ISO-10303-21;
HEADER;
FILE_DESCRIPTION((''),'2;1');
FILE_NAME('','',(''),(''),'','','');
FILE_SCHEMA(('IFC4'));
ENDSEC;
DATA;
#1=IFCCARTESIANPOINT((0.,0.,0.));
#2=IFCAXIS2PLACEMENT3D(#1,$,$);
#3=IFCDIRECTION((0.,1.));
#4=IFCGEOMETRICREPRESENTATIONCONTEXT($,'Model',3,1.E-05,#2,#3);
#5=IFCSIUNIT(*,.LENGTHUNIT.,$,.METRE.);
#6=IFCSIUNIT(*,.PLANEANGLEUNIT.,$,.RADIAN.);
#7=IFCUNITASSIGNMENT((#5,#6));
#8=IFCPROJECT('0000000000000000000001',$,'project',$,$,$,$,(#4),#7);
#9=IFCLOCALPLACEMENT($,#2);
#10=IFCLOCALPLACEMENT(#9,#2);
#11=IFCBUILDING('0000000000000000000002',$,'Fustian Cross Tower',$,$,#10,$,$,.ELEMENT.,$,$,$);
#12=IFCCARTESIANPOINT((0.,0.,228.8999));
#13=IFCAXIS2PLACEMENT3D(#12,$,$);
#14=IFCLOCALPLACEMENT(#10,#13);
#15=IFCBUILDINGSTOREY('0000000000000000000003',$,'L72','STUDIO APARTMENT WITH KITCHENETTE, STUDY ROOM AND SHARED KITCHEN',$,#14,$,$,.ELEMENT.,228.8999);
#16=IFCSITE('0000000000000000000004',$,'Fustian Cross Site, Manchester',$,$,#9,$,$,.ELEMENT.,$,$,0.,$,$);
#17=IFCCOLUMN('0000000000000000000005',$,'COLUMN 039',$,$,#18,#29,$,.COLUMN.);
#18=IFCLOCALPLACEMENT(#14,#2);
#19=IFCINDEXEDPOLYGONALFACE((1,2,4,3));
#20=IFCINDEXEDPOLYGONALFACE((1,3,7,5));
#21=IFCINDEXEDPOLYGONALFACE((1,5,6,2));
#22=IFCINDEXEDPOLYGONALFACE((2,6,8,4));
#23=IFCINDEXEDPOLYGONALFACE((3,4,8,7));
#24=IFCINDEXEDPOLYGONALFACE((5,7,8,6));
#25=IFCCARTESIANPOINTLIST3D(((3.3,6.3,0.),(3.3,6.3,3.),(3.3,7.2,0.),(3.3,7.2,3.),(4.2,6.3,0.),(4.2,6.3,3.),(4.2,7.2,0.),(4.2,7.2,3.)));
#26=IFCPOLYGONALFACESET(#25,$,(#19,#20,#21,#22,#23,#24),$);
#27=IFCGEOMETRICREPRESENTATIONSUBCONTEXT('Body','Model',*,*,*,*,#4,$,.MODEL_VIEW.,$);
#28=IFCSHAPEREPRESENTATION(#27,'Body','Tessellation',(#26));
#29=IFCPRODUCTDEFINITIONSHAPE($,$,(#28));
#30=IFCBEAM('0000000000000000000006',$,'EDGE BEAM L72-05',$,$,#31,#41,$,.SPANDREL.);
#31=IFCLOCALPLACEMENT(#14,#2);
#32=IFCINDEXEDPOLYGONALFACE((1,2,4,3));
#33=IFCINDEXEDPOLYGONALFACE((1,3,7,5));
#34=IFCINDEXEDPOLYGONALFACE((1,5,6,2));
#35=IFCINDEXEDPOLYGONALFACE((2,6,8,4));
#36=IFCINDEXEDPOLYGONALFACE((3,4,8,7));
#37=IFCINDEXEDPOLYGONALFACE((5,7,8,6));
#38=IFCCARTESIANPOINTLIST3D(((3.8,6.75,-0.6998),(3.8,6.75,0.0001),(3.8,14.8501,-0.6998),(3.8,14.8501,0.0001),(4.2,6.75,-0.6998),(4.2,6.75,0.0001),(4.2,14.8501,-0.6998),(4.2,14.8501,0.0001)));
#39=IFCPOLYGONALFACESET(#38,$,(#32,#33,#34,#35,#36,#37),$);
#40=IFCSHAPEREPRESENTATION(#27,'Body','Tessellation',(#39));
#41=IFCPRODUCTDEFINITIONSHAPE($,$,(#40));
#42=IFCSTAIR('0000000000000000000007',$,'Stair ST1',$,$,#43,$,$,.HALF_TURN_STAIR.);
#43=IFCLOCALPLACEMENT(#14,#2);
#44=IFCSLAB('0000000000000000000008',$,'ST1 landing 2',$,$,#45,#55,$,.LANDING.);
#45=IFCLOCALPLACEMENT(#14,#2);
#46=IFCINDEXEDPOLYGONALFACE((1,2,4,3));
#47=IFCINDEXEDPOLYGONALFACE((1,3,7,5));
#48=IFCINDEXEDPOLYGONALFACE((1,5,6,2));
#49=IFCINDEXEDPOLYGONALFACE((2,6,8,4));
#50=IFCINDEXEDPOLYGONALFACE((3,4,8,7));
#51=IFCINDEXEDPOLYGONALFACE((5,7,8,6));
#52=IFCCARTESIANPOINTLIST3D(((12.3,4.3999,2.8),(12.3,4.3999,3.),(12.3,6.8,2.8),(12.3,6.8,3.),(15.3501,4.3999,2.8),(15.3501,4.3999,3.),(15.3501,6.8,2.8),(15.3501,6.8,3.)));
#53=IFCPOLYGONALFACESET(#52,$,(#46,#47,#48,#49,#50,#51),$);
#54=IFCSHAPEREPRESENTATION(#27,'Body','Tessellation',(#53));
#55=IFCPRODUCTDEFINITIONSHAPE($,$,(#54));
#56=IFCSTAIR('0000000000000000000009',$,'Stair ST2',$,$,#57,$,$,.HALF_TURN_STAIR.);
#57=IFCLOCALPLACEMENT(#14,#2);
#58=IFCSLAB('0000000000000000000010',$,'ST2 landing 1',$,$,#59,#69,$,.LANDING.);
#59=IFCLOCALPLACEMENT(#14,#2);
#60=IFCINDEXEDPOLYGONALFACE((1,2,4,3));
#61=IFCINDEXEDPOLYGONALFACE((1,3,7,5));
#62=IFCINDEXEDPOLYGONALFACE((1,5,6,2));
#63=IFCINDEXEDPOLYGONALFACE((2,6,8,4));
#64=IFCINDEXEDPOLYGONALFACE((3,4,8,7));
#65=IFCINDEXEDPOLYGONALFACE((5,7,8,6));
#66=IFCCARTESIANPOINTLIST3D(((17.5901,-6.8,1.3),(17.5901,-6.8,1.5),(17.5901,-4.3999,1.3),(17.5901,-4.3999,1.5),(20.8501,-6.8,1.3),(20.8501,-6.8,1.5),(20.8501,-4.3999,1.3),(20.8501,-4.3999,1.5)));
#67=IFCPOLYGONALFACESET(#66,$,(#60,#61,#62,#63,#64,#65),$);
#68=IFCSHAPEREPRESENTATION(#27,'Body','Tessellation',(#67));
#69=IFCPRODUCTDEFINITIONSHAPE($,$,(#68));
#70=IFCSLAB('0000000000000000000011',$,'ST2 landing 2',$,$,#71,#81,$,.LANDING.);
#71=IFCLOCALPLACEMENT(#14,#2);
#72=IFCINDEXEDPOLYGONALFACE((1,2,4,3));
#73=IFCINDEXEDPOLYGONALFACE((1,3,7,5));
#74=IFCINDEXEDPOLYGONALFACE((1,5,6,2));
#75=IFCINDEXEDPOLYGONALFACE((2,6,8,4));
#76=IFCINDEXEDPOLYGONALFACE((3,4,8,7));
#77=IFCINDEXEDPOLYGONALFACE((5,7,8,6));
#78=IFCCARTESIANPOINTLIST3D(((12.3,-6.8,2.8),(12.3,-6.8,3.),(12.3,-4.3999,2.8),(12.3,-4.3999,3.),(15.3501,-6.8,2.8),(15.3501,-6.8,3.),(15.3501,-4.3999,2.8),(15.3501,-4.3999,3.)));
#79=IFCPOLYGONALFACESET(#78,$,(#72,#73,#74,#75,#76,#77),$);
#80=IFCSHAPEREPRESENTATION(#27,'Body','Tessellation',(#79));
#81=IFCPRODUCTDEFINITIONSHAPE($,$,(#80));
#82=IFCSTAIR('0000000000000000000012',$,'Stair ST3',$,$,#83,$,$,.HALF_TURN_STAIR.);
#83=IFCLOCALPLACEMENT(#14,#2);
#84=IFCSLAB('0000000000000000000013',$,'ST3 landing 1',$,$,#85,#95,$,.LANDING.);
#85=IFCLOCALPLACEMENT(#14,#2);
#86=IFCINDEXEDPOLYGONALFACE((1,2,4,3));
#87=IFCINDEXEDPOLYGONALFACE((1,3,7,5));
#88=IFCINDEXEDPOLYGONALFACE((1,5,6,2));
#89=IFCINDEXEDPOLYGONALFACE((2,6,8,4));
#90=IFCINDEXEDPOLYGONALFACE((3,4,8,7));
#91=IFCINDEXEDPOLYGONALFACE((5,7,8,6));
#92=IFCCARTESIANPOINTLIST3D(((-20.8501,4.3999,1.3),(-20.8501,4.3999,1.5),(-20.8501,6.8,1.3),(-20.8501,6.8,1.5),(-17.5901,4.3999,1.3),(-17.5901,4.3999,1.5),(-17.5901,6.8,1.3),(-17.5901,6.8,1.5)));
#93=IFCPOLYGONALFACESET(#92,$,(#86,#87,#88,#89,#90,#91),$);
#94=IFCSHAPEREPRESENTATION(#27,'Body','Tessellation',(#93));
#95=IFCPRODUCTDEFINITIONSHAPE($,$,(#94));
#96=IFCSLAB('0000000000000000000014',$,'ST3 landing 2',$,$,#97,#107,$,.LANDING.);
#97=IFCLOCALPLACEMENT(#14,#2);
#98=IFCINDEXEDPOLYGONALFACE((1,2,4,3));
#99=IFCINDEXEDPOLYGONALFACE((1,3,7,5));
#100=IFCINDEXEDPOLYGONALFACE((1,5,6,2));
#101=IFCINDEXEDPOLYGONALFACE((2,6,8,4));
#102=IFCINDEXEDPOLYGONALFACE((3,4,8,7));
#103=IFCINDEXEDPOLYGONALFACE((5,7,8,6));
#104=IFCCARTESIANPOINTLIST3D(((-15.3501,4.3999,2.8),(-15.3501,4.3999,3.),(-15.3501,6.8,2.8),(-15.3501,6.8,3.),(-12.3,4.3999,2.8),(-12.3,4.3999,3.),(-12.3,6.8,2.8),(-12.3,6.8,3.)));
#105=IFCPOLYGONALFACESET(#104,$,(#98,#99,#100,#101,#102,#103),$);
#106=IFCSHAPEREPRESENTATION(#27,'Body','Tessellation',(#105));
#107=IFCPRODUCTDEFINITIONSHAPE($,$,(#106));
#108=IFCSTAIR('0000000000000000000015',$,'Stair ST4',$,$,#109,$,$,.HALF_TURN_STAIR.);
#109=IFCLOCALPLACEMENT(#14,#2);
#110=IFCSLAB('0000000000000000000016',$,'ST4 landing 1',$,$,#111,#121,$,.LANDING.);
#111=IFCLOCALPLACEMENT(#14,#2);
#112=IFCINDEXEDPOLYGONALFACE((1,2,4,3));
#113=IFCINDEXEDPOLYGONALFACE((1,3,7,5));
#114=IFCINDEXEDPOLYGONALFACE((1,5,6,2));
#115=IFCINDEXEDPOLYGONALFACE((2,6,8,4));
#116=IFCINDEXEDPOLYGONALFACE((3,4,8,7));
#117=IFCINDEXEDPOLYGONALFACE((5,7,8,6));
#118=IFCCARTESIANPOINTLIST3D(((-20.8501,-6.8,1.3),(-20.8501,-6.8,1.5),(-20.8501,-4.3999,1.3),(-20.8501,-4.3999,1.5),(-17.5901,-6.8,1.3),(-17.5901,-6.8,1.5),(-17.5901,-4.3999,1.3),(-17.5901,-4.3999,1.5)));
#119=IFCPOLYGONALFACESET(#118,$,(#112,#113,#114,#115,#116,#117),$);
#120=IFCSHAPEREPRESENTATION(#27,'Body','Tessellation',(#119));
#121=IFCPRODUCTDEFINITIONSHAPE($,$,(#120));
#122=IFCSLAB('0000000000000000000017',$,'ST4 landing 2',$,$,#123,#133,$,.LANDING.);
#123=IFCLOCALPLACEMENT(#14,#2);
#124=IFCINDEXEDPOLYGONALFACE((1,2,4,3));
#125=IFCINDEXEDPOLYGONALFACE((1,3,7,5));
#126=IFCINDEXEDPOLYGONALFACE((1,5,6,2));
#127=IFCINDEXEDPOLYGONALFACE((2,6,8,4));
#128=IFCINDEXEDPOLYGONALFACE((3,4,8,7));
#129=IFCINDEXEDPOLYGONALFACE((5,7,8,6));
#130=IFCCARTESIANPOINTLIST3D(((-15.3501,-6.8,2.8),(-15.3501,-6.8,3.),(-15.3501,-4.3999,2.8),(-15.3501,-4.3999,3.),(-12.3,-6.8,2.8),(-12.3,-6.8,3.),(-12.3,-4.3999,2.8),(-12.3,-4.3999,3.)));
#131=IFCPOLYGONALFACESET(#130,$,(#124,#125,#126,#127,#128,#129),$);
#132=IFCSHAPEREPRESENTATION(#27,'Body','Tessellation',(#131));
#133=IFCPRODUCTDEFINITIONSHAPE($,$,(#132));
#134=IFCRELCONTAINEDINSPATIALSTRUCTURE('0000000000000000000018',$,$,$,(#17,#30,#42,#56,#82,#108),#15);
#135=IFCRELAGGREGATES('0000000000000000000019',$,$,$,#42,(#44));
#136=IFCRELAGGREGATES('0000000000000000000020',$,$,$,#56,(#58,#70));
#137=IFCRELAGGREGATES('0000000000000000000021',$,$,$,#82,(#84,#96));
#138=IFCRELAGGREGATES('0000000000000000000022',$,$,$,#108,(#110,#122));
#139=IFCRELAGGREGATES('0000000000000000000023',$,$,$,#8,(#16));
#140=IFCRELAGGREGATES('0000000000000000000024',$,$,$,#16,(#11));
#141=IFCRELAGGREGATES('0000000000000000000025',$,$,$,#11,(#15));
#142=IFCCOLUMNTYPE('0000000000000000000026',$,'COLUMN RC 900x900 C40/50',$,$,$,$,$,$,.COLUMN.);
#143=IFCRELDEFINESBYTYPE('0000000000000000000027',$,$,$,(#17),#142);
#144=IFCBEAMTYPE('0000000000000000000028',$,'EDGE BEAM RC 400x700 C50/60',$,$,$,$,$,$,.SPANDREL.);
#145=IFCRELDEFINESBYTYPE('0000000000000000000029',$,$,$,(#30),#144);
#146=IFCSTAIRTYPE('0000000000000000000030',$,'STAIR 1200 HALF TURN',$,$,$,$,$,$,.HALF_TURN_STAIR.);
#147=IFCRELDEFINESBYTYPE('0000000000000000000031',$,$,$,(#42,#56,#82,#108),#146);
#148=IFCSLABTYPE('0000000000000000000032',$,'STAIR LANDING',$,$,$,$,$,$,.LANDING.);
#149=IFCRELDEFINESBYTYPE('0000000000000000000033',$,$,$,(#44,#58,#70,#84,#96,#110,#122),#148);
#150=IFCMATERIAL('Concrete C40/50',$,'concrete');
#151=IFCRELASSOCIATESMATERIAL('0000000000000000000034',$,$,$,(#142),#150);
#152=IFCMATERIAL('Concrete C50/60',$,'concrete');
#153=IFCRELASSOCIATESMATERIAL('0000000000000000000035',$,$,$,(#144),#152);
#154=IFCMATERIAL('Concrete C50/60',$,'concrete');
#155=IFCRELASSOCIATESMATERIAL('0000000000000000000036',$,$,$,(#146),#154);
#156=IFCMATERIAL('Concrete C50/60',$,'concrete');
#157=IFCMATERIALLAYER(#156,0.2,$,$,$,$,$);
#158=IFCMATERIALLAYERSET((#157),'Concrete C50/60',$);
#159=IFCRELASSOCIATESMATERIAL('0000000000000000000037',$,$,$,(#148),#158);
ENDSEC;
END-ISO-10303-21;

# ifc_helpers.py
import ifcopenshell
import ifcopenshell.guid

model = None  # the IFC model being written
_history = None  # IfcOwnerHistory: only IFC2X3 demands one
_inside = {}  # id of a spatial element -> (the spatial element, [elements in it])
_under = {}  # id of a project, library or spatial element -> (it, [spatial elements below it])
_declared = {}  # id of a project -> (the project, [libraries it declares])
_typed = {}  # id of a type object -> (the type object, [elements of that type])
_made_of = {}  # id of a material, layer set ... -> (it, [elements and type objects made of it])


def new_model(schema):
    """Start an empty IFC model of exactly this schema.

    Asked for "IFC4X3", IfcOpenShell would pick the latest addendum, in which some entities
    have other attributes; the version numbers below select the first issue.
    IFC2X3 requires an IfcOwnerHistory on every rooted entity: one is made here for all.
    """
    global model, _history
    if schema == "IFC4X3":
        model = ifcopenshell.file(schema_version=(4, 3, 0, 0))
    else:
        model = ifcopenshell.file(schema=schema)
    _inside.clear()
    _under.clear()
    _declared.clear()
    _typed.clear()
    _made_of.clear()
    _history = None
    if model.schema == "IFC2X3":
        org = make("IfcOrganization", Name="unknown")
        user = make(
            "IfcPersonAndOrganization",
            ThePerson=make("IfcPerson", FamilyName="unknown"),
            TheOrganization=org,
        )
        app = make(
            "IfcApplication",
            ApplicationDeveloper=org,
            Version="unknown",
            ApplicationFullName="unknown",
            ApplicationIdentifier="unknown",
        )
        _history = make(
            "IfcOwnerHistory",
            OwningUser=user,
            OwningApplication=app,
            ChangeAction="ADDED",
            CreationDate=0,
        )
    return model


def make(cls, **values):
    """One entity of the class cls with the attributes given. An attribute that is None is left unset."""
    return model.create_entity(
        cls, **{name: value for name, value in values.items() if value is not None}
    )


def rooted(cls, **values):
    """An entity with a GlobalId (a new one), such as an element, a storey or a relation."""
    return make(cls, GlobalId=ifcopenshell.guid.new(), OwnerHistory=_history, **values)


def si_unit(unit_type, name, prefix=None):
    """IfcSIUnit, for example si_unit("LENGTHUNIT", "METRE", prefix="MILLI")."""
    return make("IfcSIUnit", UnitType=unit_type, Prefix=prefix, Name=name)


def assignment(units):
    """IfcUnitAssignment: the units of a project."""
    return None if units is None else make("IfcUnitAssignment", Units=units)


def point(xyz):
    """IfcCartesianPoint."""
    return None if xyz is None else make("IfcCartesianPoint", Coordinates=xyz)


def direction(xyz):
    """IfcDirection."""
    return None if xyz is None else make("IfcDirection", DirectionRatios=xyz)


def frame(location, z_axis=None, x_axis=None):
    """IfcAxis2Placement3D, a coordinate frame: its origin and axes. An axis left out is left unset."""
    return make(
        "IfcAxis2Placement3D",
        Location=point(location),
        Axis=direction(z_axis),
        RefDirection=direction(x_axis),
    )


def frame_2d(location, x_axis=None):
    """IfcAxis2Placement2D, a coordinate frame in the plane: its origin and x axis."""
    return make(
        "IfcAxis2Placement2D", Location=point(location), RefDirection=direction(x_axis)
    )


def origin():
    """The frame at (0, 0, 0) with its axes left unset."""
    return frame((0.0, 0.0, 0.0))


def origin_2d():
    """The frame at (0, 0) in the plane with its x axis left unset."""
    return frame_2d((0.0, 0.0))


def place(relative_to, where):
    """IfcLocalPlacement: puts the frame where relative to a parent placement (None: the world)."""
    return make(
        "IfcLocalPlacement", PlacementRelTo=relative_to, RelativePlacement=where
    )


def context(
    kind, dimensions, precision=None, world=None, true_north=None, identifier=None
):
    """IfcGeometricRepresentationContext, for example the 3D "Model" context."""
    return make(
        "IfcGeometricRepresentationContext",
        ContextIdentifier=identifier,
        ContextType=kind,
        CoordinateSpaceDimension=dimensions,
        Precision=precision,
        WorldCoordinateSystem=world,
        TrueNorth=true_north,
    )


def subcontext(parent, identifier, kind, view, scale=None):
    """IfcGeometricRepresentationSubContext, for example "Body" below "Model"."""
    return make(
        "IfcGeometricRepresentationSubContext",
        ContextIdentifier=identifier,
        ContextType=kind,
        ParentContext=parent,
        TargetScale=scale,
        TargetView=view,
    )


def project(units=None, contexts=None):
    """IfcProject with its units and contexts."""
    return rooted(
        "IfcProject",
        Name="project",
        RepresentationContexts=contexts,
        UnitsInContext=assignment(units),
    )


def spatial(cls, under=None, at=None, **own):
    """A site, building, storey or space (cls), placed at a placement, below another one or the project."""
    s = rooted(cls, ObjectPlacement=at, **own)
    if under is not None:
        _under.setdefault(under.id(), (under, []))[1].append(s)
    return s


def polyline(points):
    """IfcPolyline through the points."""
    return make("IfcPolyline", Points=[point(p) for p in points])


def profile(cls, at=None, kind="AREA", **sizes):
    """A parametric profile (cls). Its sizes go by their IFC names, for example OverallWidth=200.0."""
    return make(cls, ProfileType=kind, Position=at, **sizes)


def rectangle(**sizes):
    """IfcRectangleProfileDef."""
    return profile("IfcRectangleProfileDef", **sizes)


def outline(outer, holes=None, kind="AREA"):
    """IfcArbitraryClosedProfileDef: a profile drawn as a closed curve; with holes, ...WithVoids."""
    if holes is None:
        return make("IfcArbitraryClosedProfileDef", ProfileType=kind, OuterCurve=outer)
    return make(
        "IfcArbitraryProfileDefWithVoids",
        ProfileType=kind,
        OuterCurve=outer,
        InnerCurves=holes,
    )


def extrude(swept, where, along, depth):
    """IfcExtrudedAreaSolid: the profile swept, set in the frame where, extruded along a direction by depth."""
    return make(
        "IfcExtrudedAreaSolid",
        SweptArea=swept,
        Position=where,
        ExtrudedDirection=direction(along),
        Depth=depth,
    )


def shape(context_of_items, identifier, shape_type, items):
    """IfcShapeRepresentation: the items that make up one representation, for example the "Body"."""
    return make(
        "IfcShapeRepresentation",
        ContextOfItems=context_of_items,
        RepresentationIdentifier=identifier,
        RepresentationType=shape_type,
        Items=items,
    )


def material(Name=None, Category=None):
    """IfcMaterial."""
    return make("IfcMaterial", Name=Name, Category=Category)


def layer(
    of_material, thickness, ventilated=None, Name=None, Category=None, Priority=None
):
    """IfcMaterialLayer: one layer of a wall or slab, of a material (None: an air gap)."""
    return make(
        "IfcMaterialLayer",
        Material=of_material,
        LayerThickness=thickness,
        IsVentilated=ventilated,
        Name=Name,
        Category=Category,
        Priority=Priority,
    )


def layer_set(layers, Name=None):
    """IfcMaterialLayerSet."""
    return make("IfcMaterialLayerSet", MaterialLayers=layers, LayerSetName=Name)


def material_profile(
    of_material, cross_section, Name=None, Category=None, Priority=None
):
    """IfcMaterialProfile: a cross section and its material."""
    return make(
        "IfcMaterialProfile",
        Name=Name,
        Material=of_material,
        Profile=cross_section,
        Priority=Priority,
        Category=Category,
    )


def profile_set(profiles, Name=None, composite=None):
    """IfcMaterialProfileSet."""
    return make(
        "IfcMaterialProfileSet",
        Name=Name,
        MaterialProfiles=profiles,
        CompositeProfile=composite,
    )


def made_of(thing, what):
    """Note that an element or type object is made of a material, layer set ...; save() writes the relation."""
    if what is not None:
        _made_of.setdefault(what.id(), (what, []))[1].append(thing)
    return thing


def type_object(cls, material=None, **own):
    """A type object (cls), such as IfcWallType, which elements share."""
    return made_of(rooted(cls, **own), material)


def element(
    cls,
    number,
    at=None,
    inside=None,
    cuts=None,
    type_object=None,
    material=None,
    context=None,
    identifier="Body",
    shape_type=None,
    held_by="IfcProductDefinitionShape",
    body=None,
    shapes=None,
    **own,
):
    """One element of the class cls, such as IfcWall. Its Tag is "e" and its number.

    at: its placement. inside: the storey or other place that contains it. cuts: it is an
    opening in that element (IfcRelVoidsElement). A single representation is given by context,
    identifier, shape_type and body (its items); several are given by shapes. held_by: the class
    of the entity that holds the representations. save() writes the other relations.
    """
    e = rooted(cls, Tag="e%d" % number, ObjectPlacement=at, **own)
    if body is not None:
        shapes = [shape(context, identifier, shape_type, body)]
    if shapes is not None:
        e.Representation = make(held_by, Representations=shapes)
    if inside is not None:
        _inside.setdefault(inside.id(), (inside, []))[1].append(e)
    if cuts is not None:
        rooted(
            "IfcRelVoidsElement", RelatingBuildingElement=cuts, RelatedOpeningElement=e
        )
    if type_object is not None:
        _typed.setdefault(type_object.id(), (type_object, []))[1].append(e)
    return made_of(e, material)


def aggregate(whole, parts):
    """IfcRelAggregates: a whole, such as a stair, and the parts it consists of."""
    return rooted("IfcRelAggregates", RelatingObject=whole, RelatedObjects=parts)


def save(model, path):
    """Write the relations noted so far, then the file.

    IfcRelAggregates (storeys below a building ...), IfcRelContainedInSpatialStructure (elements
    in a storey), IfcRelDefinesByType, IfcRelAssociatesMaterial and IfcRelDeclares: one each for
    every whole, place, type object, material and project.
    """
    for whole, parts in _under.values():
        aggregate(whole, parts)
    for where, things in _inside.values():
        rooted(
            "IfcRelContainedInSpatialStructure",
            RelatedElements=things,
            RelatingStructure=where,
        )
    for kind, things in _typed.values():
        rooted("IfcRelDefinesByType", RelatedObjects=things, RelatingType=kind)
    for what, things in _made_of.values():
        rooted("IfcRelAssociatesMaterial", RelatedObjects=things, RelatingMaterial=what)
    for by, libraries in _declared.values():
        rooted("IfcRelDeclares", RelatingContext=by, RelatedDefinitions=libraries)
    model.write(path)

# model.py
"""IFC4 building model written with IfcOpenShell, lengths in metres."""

from ifc_helpers import new_model, si_unit, direction, frame, origin, origin_2d, place, context, subcontext, project, spatial, polyline, rectangle, outline, extrude, material, layer, layer_set, material_profile, profile_set, type_object, element, aggregate, save


model = new_model("IFC4")

# Units and contexts
model_context = context("Model", 3, precision=1e-05, world=origin(), true_north=direction((0.0, 1.0)))
body_context = subcontext(model_context, "Body", "Model", "MODEL_VIEW")
ifc_project = project(units=[si_unit("LENGTHUNIT", "METRE"), si_unit("PLANEANGLEUNIT", "RADIAN")], contexts=[model_context])

# Site, building, storey
site_placement = place(None, origin())
site = spatial("IfcSite", under=ifc_project, at=site_placement, Name="Fustian Cross Site, Manchester", CompositionType="ELEMENT", RefElevation=0.0)
building_placement = place(site_placement, origin())
building = spatial("IfcBuilding", under=site, at=building_placement, Name="Fustian Cross Tower", CompositionType="ELEMENT")
storey_placement = place(building_placement, frame((0.0, 0.0, 228.8999)))
storey = spatial("IfcBuildingStorey", under=building, at=storey_placement, Name="L72", Description="STUDIO APARTMENT WITH KITCHENETTE, STUDY ROOM AND SHARED KITCHEN", CompositionType="ELEMENT", Elevation=228.8999)

# Column
ifc_material_1 = material(Name="Concrete C40/50", Category="concrete")
ifc_material_profile_1 = material_profile(ifc_material_1, rectangle(XDim=0.8999, YDim=0.8999, at=origin_2d()), Name="RC 900x900")
ifc_profile_set_1 = profile_set([ifc_material_profile_1], Name="Concrete C40/50")
column_type = type_object("IfcColumnType", Name="COLUMN RC 900x900 C40/50", PredefinedType="COLUMN", material=ifc_profile_set_1)
column_placement = place(storey_placement, frame((3.75, 6.75, 0.0), z_axis=(0.0, 0.0, 1.0), x_axis=(1.0, 0.0, 0.0)))
element("IfcColumn", 1, at=column_placement, inside=storey, type_object=column_type, Name="COLUMN 039", PredefinedType="COLUMN", context=body_context, shape_type="SweptSolid", body=[
    extrude(rectangle(XDim=0.8999, YDim=0.8999, at=origin_2d()), origin(), (0.0, 0.0, 1.0), 3.0),
])

# Beam
ifc_material_2 = material(Name="Concrete C50/60", Category="concrete")
ifc_material_profile_2 = material_profile(ifc_material_2, rectangle(XDim=0.3999, YDim=0.7, at=origin_2d()), Name="RC 400x700")
ifc_profile_set_2 = profile_set([ifc_material_profile_2], Name="Concrete C50/60")
beam_type = type_object("IfcBeamType", Name="EDGE BEAM RC 400x700 C50/60", PredefinedType="SPANDREL", material=ifc_profile_set_2)
beam_placement = place(storey_placement, frame((4.0, 6.75, -0.3499), z_axis=(0.0, 1.0, 0.0), x_axis=(-1.0, 0.0, 0.0)))
element("IfcBeam", 2, at=beam_placement, inside=storey, type_object=beam_type, Name="EDGE BEAM L72-05", PredefinedType="SPANDREL", context=body_context, shape_type="SweptSolid", body=[
    extrude(rectangle(XDim=0.3999, YDim=0.7, at=origin_2d()), origin(), (0.0, 0.0, 1.0), 8.1001),
])

# Stair, slab
ifc_material_3 = material(Name="Concrete C50/60", Category="concrete")
stair_type = type_object("IfcStairType", Name="STAIR 1200 HALF TURN", PredefinedType="HALF_TURN_STAIR", material=ifc_material_3)
stair_1_placement = place(storey_placement, origin())
stair_1 = element("IfcStair", 3, at=stair_1_placement, inside=storey, type_object=stair_type, Name="Stair ST1", PredefinedType="HALF_TURN_STAIR")
ifc_material_4 = material(Name="Concrete C50/60", Category="concrete")
ifc_layer_1 = layer(ifc_material_4, 0.2)
ifc_layer_set_1 = layer_set([ifc_layer_1], Name="Concrete C50/60")
slab_type = type_object("IfcSlabType", Name="STAIR LANDING", PredefinedType="LANDING", material=ifc_layer_set_1)
slab_1_placement = place(storey_placement, frame((0.0, 0.0, 2.8)))
slab_1 = element("IfcSlab", 4, at=slab_1_placement, type_object=slab_type, Name="ST1 landing 2", PredefinedType="LANDING", context=body_context, shape_type="SweptSolid", body=[
    extrude(outline(polyline([(12.3, 4.3999), (15.3501, 4.3999), (15.3501, 6.8), (12.3, 6.8), (12.3, 4.3999)])), origin(), (0.0, 0.0, 1.0), 0.2),
])
aggregate(stair_1, [slab_1])

# Stairs, slabs
stair_2_placement = place(storey_placement, origin())
stair_2 = element("IfcStair", 5, at=stair_2_placement, inside=storey, type_object=stair_type, Name="Stair ST2", PredefinedType="HALF_TURN_STAIR")
slab_2_placement = place(storey_placement, frame((0.0, 0.0, 1.3)))
slab_2 = element("IfcSlab", 6, at=slab_2_placement, type_object=slab_type, Name="ST2 landing 1", PredefinedType="LANDING", context=body_context, shape_type="SweptSolid", body=[
    extrude(outline(polyline([(17.5901, -4.3999), (20.8501, -4.3999), (20.8501, -6.8), (17.5901, -6.8), (17.5901, -4.3999)])), origin(), (0.0, 0.0, 1.0), 0.2),
])
slab_3_placement = place(storey_placement, frame((0.0, 0.0, 2.8)))
slab_3 = element("IfcSlab", 7, at=slab_3_placement, type_object=slab_type, Name="ST2 landing 2", PredefinedType="LANDING", context=body_context, shape_type="SweptSolid", body=[
    extrude(outline(polyline([(12.3, -4.3999), (15.3501, -4.3999), (15.3501, -6.8), (12.3, -6.8), (12.3, -4.3999)])), origin(), (0.0, 0.0, 1.0), 0.2),
])
aggregate(stair_2, [slab_2, slab_3])
stair_3_placement = place(storey_placement, origin())
stair_3 = element("IfcStair", 8, at=stair_3_placement, inside=storey, type_object=stair_type, Name="Stair ST3", PredefinedType="HALF_TURN_STAIR")
slab_4_placement = place(storey_placement, frame((0.0, 0.0, 1.3)))
slab_4 = element("IfcSlab", 9, at=slab_4_placement, type_object=slab_type, Name="ST3 landing 1", PredefinedType="LANDING", context=body_context, shape_type="SweptSolid", body=[
    extrude(outline(polyline([(-17.5901, 4.3999), (-20.8501, 4.3999), (-20.8501, 6.8), (-17.5901, 6.8), (-17.5901, 4.3999)])), origin(), (0.0, 0.0, 1.0), 0.2),
])
slab_5_placement = place(storey_placement, frame((0.0, 0.0, 2.8)))
slab_5 = element("IfcSlab", 10, at=slab_5_placement, type_object=slab_type, Name="ST3 landing 2", PredefinedType="LANDING", context=body_context, shape_type="SweptSolid", body=[
    extrude(outline(polyline([(-12.3, 4.3999), (-15.3501, 4.3999), (-15.3501, 6.8), (-12.3, 6.8), (-12.3, 4.3999)])), origin(), (0.0, 0.0, 1.0), 0.2),
])
aggregate(stair_3, [slab_4, slab_5])
stair_4_placement = place(storey_placement, origin())
stair_4 = element("IfcStair", 11, at=stair_4_placement, inside=storey, type_object=stair_type, Name="Stair ST4", PredefinedType="HALF_TURN_STAIR")
slab_6_placement = place(storey_placement, frame((0.0, 0.0, 1.3)))
slab_6 = element("IfcSlab", 12, at=slab_6_placement, type_object=slab_type, Name="ST4 landing 1", PredefinedType="LANDING", context=body_context, shape_type="SweptSolid", body=[
    extrude(outline(polyline([(-17.5901, -4.3999), (-20.8501, -4.3999), (-20.8501, -6.8), (-17.5901, -6.8), (-17.5901, -4.3999)])), origin(), (0.0, 0.0, 1.0), 0.2),
])
slab_7_placement = place(storey_placement, frame((0.0, 0.0, 2.8)))
slab_7 = element("IfcSlab", 13, at=slab_7_placement, type_object=slab_type, Name="ST4 landing 2", PredefinedType="LANDING", context=body_context, shape_type="SweptSolid", body=[
    extrude(outline(polyline([(-12.3, -4.3999), (-15.3501, -4.3999), (-15.3501, -6.8), (-12.3, -6.8), (-12.3, -4.3999)])), origin(), (0.0, 0.0, 1.0), 0.2),
])
aggregate(stair_4, [slab_6, slab_7])

save(model, "model.ifc")
